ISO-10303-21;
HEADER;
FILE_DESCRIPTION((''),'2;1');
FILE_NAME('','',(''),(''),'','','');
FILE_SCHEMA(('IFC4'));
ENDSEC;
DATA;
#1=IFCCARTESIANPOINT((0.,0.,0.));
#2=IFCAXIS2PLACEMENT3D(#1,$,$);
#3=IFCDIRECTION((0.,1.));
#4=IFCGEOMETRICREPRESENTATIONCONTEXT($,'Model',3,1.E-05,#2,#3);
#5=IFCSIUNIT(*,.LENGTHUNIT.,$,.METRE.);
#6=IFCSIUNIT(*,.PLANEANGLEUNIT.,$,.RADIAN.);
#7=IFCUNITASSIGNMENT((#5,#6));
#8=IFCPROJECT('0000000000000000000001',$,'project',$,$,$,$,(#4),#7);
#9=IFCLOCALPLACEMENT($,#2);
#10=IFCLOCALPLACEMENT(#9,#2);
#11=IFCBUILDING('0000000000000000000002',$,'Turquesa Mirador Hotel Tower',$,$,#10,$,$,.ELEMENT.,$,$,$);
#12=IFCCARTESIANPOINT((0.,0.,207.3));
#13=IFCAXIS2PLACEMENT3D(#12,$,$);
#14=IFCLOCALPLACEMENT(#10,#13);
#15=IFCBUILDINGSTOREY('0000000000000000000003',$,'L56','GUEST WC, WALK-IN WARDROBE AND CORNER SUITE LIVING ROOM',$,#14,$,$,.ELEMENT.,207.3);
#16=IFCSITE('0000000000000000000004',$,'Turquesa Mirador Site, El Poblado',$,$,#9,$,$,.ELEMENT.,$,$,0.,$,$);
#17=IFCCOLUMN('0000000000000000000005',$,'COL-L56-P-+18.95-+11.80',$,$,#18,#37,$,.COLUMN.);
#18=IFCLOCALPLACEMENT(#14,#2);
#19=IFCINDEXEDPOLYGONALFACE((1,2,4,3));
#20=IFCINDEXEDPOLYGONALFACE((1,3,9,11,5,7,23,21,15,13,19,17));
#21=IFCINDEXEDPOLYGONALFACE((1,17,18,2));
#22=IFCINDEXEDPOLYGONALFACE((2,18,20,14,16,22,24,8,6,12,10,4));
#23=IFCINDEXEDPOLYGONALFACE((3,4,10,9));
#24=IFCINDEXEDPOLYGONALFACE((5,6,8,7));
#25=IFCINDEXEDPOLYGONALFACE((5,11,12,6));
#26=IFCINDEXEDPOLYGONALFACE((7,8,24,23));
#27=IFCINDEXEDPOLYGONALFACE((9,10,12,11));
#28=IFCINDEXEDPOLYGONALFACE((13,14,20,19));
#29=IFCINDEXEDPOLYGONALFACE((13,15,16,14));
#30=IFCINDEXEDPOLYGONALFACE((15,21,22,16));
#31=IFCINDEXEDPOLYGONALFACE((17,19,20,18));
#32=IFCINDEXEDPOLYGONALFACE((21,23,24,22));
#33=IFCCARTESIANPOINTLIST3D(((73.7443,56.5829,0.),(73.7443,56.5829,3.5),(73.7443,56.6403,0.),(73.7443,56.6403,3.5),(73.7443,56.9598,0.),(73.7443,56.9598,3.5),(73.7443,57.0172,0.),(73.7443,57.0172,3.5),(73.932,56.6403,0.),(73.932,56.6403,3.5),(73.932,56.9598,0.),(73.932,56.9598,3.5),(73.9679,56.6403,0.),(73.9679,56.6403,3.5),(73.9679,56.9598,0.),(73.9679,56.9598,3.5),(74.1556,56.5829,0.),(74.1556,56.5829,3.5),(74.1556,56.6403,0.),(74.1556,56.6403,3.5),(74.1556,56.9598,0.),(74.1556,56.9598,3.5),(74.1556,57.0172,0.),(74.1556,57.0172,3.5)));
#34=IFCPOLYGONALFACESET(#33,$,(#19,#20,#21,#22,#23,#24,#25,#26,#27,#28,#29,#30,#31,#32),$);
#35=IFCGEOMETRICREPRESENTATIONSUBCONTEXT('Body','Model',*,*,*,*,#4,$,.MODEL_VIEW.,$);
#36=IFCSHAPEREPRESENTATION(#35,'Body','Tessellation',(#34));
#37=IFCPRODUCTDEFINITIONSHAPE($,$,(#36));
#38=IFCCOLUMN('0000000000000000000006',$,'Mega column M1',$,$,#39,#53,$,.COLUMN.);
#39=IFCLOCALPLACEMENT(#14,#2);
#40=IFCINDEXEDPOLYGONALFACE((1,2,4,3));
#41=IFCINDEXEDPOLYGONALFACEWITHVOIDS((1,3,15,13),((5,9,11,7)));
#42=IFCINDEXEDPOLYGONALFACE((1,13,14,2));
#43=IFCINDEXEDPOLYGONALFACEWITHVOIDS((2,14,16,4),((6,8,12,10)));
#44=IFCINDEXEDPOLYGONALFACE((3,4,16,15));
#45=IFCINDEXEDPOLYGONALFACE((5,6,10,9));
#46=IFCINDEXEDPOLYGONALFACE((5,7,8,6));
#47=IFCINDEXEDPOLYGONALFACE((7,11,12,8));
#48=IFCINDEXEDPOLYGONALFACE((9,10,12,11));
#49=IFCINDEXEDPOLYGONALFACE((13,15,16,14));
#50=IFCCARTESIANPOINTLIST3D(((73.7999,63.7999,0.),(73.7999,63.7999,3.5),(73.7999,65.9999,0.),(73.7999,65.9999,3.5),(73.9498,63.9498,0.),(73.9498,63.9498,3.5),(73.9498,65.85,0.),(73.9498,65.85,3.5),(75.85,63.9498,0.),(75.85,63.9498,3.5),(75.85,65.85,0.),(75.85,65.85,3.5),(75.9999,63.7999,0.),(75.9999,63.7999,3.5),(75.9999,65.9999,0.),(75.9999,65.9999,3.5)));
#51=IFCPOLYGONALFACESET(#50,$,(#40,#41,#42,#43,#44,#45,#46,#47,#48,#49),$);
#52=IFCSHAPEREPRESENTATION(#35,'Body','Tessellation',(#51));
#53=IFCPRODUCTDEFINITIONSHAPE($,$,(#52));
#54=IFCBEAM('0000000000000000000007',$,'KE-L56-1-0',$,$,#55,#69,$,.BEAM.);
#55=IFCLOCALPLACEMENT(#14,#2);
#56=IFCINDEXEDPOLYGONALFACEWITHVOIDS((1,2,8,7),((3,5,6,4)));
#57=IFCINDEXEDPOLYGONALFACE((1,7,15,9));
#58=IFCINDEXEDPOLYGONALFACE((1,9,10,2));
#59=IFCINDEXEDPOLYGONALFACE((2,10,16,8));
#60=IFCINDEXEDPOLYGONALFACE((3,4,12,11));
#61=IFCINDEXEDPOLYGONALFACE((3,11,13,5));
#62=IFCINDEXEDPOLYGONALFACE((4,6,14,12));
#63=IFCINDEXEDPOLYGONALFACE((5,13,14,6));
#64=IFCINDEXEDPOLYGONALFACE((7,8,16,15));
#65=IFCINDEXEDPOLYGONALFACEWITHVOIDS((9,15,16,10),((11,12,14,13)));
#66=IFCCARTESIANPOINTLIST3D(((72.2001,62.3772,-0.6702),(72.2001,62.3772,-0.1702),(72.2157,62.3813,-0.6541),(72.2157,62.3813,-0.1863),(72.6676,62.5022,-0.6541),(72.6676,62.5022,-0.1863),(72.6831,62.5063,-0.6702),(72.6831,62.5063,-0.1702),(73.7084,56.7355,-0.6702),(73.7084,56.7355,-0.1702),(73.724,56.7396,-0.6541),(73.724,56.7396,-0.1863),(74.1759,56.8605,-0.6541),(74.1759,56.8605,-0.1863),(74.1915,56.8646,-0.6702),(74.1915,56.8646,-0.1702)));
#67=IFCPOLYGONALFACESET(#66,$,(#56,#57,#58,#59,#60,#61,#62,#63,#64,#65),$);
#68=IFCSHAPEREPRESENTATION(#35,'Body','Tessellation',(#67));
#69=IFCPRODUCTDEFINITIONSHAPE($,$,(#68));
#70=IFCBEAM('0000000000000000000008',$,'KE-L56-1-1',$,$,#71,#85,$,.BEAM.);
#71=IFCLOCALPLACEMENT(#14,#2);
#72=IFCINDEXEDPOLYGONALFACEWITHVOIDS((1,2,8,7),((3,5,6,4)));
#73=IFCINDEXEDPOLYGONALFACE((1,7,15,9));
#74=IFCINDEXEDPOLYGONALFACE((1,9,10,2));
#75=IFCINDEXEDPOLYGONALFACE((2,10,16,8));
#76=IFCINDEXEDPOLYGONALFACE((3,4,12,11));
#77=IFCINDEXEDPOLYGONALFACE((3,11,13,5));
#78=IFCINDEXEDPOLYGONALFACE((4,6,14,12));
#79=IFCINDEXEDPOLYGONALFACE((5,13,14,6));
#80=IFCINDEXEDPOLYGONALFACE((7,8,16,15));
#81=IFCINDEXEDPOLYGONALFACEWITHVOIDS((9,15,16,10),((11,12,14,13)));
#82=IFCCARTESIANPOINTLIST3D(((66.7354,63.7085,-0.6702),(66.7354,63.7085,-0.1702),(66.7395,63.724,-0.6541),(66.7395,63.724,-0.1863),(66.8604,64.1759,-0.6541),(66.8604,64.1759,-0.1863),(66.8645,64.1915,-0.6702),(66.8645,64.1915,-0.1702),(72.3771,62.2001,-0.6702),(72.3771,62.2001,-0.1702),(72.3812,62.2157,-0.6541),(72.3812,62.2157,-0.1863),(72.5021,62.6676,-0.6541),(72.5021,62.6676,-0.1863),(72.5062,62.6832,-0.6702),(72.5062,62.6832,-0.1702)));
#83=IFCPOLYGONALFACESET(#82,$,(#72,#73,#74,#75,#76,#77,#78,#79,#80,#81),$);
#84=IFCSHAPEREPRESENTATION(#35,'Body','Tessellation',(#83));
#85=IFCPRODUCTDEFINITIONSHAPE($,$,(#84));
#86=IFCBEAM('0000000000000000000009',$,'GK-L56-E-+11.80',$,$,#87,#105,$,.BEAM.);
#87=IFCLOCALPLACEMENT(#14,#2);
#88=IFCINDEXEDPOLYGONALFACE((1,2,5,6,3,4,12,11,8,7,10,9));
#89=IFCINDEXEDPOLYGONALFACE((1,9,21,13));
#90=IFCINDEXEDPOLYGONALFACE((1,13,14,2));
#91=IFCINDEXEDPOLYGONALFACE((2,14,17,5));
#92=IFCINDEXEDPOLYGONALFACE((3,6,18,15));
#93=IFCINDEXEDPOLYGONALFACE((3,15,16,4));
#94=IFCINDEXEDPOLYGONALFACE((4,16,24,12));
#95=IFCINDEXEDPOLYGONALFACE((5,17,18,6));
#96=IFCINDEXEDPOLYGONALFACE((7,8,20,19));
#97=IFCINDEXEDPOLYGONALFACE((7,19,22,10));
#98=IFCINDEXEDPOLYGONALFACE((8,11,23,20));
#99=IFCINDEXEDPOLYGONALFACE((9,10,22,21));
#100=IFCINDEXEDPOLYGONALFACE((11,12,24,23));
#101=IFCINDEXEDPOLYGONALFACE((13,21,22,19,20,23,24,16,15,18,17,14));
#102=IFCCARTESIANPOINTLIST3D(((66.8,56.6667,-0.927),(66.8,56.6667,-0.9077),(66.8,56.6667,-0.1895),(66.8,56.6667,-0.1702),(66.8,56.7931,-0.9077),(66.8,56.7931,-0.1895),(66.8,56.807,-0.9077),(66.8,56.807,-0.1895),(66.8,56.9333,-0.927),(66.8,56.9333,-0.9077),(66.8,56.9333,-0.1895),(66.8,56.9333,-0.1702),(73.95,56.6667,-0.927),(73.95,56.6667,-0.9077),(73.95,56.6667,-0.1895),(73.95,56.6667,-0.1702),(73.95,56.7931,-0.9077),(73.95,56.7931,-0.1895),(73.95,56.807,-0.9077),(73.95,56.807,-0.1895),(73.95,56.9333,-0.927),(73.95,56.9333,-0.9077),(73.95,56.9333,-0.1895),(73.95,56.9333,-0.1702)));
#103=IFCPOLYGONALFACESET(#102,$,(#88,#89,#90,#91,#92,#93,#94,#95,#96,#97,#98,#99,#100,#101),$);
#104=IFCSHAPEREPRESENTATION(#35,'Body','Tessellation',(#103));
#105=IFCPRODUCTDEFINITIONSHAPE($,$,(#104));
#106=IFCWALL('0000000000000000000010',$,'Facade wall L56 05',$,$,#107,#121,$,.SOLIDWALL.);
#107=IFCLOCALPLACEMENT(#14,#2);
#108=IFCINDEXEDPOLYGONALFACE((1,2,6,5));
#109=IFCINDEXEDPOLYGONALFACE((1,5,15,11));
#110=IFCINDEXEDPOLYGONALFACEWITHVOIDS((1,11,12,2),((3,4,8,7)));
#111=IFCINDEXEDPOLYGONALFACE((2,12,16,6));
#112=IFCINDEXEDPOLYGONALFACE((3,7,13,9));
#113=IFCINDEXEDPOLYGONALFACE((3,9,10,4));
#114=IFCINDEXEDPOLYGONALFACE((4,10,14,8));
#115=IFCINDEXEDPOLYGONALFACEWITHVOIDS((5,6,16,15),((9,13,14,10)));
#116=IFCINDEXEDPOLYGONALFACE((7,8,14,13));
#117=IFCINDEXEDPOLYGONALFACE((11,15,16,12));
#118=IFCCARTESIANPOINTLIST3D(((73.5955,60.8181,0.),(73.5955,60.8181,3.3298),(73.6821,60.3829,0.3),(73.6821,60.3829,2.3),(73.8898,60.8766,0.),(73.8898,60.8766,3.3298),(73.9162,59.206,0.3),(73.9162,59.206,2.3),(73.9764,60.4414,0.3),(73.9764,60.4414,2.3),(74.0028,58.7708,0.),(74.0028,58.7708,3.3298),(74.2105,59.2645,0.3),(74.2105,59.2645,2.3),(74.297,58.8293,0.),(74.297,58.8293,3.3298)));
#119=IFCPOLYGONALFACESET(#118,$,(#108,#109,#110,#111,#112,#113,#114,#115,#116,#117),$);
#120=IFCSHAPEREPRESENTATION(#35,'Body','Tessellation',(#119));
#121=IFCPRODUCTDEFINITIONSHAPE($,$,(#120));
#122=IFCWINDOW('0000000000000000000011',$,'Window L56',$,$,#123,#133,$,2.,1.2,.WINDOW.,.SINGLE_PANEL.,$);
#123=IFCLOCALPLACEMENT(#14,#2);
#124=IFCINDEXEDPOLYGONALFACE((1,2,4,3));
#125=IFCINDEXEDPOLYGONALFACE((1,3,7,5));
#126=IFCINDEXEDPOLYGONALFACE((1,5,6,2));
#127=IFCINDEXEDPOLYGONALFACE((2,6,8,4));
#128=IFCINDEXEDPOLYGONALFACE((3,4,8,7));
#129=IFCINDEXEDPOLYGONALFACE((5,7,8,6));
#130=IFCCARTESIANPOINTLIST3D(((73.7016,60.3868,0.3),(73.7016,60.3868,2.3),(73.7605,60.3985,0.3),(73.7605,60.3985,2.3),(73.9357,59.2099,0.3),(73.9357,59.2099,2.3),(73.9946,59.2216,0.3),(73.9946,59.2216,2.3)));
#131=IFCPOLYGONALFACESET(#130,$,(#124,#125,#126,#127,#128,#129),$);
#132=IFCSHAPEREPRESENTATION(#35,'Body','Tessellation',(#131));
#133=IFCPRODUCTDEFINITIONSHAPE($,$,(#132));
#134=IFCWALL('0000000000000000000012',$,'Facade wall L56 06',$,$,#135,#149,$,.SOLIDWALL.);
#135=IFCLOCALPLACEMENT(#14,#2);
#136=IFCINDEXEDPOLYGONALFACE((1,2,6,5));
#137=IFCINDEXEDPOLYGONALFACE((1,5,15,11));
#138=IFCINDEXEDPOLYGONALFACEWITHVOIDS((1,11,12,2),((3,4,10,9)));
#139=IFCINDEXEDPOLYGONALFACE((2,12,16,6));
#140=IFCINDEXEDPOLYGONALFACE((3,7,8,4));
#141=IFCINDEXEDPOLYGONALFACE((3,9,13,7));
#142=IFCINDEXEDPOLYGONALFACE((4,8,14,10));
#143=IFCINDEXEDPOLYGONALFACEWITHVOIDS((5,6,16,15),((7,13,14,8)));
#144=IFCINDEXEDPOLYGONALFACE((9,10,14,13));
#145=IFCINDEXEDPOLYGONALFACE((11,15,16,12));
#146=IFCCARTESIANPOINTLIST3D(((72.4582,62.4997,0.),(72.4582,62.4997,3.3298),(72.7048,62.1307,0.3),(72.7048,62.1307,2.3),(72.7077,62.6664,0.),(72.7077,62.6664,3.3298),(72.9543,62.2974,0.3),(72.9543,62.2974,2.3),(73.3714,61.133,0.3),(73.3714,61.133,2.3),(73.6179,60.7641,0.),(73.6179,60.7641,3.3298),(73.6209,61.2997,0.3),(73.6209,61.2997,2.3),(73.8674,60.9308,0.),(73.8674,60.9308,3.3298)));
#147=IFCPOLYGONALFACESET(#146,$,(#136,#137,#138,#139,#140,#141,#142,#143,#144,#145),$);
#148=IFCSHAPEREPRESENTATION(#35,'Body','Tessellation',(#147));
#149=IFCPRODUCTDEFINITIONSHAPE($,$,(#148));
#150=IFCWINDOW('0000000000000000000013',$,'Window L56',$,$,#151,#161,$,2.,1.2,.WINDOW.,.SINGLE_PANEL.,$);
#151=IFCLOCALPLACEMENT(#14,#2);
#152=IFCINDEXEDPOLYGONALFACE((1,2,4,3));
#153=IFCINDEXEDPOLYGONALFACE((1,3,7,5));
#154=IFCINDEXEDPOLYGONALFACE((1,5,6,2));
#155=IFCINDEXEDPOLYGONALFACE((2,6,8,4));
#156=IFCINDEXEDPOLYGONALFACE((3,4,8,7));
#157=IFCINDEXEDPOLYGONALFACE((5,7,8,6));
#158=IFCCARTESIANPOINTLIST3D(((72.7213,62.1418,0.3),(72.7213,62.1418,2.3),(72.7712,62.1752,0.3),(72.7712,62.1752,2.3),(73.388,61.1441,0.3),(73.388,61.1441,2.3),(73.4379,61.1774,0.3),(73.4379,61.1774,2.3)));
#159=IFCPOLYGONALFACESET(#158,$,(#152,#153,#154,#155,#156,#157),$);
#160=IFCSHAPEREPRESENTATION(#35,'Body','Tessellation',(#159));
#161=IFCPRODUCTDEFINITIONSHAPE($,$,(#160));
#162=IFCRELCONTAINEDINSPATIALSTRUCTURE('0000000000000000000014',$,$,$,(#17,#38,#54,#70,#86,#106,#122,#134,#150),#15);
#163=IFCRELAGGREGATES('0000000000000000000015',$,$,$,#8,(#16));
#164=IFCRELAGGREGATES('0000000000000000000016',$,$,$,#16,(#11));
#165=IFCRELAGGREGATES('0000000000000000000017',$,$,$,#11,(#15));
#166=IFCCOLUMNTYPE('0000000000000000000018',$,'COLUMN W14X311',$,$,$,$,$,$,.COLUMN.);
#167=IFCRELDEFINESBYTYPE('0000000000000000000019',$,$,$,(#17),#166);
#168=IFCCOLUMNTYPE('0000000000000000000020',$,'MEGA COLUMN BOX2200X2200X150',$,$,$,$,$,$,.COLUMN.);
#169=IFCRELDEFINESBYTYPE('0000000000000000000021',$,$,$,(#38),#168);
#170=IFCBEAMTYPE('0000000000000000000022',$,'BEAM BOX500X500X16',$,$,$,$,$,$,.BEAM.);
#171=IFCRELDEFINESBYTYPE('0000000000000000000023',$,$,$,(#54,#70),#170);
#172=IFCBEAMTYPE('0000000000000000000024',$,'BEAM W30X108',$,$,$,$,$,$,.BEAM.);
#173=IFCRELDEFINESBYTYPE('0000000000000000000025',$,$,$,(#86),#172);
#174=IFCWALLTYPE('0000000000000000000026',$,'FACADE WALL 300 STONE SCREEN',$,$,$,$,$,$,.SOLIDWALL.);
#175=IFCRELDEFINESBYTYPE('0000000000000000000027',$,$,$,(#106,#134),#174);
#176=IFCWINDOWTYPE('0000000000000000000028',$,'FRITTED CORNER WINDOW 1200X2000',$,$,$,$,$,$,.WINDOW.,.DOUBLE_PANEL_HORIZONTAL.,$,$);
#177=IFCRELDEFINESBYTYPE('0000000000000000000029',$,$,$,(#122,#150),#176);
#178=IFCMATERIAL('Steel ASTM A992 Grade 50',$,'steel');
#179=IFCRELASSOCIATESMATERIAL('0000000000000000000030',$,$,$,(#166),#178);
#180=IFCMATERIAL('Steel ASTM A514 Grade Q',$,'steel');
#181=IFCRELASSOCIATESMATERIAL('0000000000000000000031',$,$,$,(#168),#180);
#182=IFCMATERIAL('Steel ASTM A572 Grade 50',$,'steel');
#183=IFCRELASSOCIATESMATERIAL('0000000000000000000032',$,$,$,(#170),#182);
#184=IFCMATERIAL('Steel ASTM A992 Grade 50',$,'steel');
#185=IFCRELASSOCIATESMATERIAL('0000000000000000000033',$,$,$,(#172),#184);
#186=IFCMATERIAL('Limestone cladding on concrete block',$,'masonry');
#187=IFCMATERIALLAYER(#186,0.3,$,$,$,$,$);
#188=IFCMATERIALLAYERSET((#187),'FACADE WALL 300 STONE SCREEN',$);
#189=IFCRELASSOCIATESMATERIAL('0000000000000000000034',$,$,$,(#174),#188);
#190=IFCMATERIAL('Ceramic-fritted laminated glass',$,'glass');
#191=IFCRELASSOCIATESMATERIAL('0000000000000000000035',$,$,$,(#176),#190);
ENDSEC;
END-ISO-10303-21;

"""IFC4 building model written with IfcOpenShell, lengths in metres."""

from ifc_helpers import new_model, si_unit, direction, frame, frame_2d, origin, origin_2d, place, context, subcontext, project, spatial, rectangle, hollow_rectangle, i_section, extrude, material, layer, layer_set, material_profile, profile_set, type_object, element, fill, save


model = new_model("IFC4")

# Units and contexts
model_context = context("Model", 3, precision=1e-05, world=origin(), true_north=direction((0.0, 1.0)))
body_context = subcontext(model_context, "Body", "Model", "MODEL_VIEW")
ifc_project = project(units=[si_unit("LENGTHUNIT", "METRE"), si_unit("PLANEANGLEUNIT", "RADIAN")], contexts=[model_context])

# Site, building, storey
site_placement = place(None, origin())
site = spatial("IfcSite", under=ifc_project, at=site_placement, Name="Turquesa Mirador Site, El Poblado", CompositionType="ELEMENT", RefElevation=0.0)
building_placement = place(site_placement, origin())
building = spatial("IfcBuilding", under=site, at=building_placement, Name="Turquesa Mirador Hotel Tower", CompositionType="ELEMENT")
storey_placement = place(building_placement, frame((0.0, 0.0, 207.3)))
storey = spatial("IfcBuildingStorey", under=building, at=storey_placement, Name="L56", Description="GUEST WC, WALK-IN WARDROBE AND CORNER SUITE LIVING ROOM", CompositionType="ELEMENT", Elevation=207.3)

# Columns
ifc_material_1 = material(Name="Steel ASTM A992 Grade 50", Category="steel")
ifc_material_profile_1 = material_profile(ifc_material_1, i_section(OverallWidth=0.4114, OverallDepth=0.4343, WebThickness=0.0359, FlangeThickness=0.0574, at=origin_2d()), Name="W14X311")
ifc_profile_set_1 = profile_set([ifc_material_profile_1], Name="Steel ASTM A992 Grade 50")
column_type_1 = type_object("IfcColumnType", Name="COLUMN W14X311", PredefinedType="COLUMN", material=ifc_profile_set_1)
column_1_placement = place(storey_placement, frame((73.95, 56.8, 0.0), z_axis=(0.0, 0.0, 1.0), x_axis=(1.0, 0.0, 0.0)))
element("IfcColumn", 1, at=column_1_placement, inside=storey, type_object=column_type_1, Name="COL-L56-P-+18.95-+11.80", PredefinedType="COLUMN", context=body_context, shape_type="SweptSolid", body=[
    extrude(i_section(OverallWidth=0.4114, OverallDepth=0.4343, WebThickness=0.0359, FlangeThickness=0.0574, at=origin_2d()), origin(), (0.0, 0.0, 1.0), 3.5),
])
ifc_material_2 = material(Name="Steel ASTM A514 Grade Q", Category="steel")
ifc_material_profile_2 = material_profile(ifc_material_2, hollow_rectangle(XDim=2.2, YDim=2.2, WallThickness=0.1499, at=origin_2d()), Name="BOX2200X2200X150")
ifc_profile_set_2 = profile_set([ifc_material_profile_2], Name="Steel ASTM A514 Grade Q")
column_type_2 = type_object("IfcColumnType", Name="MEGA COLUMN BOX2200X2200X150", PredefinedType="COLUMN", material=ifc_profile_set_2)
column_2_placement = place(storey_placement, frame((74.8999, 64.8999, 0.0), z_axis=(0.0, 0.0, 1.0), x_axis=(1.0, 0.0, 0.0)))
element("IfcColumn", 2, at=column_2_placement, inside=storey, type_object=column_type_2, Name="Mega column M1", PredefinedType="COLUMN", context=body_context, shape_type="SweptSolid", body=[
    extrude(hollow_rectangle(XDim=2.2, YDim=2.2, WallThickness=0.1499, at=origin_2d()), origin(), (0.0, 0.0, 1.0), 3.5),
])

# Beams
ifc_material_3 = material(Name="Steel ASTM A572 Grade 50", Category="steel")
ifc_material_profile_3 = material_profile(ifc_material_3, hollow_rectangle(XDim=0.5, YDim=0.5, WallThickness=0.0161, at=origin_2d()), Name="BOX500X500X16")
ifc_profile_set_3 = profile_set([ifc_material_profile_3], Name="Steel ASTM A572 Grade 50")
beam_type_1 = type_object("IfcBeamType", Name="BEAM BOX500X500X16", PredefinedType="BEAM", material=ifc_profile_set_3)
for number, where, z_axis, x_axis, name in (
    (3, (73.95, 56.8, -0.4202), (-0.258282, 0.96607, 0.0), (-0.96607, -0.258282, 0.0), "KE-L56-1-0"),
    (4, (72.4417, 62.4417, -0.4202), (-0.96607, 0.258282, 0.0), (-0.258282, -0.96607, 0.0), "KE-L56-1-1"),
):
    element("IfcBeam", number, at=place(storey_placement, frame(where, z_axis=z_axis, x_axis=x_axis)), inside=storey, type_object=beam_type_1, Name=name, PredefinedType="BEAM", context=body_context, shape_type="SweptSolid", body=[
        extrude(hollow_rectangle(XDim=0.5, YDim=0.5, WallThickness=0.0161, at=origin_2d()), origin(), (0.0, 0.0, 1.0), 5.8398),
    ])
ifc_material_4 = material(Name="Steel ASTM A992 Grade 50", Category="steel")
ifc_material_profile_4 = material_profile(ifc_material_4, i_section(OverallWidth=0.2666, OverallDepth=0.7568, WebThickness=0.0139, FlangeThickness=0.0193, at=origin_2d()), Name="W30X108")
ifc_profile_set_4 = profile_set([ifc_material_profile_4], Name="Steel ASTM A992 Grade 50")
beam_type_2 = type_object("IfcBeamType", Name="BEAM W30X108", PredefinedType="BEAM", material=ifc_profile_set_4)
beam_placement = place(storey_placement, frame((73.95, 56.8, -0.5486), z_axis=(-1.0, 0.0, 0.0), x_axis=(0.0, -1.0, 0.0)))
element("IfcBeam", 5, at=beam_placement, inside=storey, type_object=beam_type_2, Name="GK-L56-E-+11.80", PredefinedType="BEAM", context=body_context, shape_type="SweptSolid", body=[
    extrude(i_section(OverallWidth=0.2666, OverallDepth=0.7568, WebThickness=0.0139, FlangeThickness=0.0193, at=origin_2d()), origin(), (0.0, 0.0, 1.0), 7.1499),
])

# Walls, openings, windows
ifc_material_5 = material(Name="Limestone cladding on concrete block", Category="masonry")
ifc_layer = layer(ifc_material_5, 0.3)
ifc_layer_set = layer_set([ifc_layer], Name="FACADE WALL 300 STONE SCREEN")
wall_type = type_object("IfcWallType", Name="FACADE WALL 300 STONE SCREEN", PredefinedType="SOLIDWALL", material=ifc_layer_set)
wall_1_placement = place(storey_placement, frame((74.1499, 58.8, 0.0), z_axis=(0.0, 0.0, 1.0), x_axis=(-0.195081, 0.980787, 0.0)))
wall_1 = element("IfcWall", 6, at=wall_1_placement, inside=storey, type_object=wall_type, Name="Facade wall L56 05", PredefinedType="SOLIDWALL", context=body_context, shape_type="SweptSolid", body=[
    extrude(rectangle(XDim=2.0874, YDim=0.3, at=frame_2d((1.0437, 0.0))), origin(), (0.0, 0.0, 1.0), 3.3298),
])
opening_1_placement = place(wall_1_placement, frame((0.4436, 0.0, 0.3)))
opening_1 = element("IfcOpeningElement", 7, at=opening_1_placement, cuts=wall_1, PredefinedType="OPENING", context=body_context, shape_type="SweptSolid", body=[
    extrude(rectangle(XDim=1.2, YDim=2.0, at=frame_2d((0.6001, 1.0))), frame((0.0, 0.1599, 0.0), z_axis=(0.0, -1.0, 0.0), x_axis=(1.0, 0.0, 0.0)), (0.0, 0.0, 1.0), 0.3201),
])
ifc_material_6 = material(Name="Ceramic-fritted laminated glass", Category="glass")
window_type = type_object("IfcWindowType", Name="FRITTED CORNER WINDOW 1200X2000", PartitioningType="DOUBLE_PANEL_HORIZONTAL", PredefinedType="WINDOW", material=ifc_material_6)
window_1_placement = place(opening_1_placement, origin())
window_1 = element("IfcWindow", 8, at=window_1_placement, inside=storey, type_object=window_type, Name="Window L56", OverallHeight=2.0, OverallWidth=1.2, PartitioningType="SINGLE_PANEL", PredefinedType="WINDOW", context=body_context, shape_type="SweptSolid", body=[
    extrude(rectangle(XDim=1.2, YDim=2.0, at=frame_2d((0.6001, 1.0))), frame((0.0, 0.1301, 0.0), z_axis=(0.0, -1.0, 0.0), x_axis=(1.0, 0.0, 0.0)), (0.0, 0.0, 1.0), 0.0601),
])
fill(opening_1, window_1)
wall_2_placement = place(storey_placement, frame((73.7427, 60.8474, 0.0), z_axis=(0.0, 0.0, 1.0), x_axis=(-0.555564, 0.831474, 0.0)))
wall_2 = element("IfcWall", 9, at=wall_2_placement, inside=storey, type_object=wall_type, Name="Facade wall L56 06", PredefinedType="SOLIDWALL", context=body_context, shape_type="SweptSolid", body=[
    extrude(rectangle(XDim=2.0874, YDim=0.3, at=frame_2d((1.0437, 0.0))), origin(), (0.0, 0.0, 1.0), 3.3298),
])
opening_2_placement = place(wall_2_placement, frame((0.4436, 0.0, 0.3)))
opening_2 = element("IfcOpeningElement", 10, at=opening_2_placement, cuts=wall_2, PredefinedType="OPENING", context=body_context, shape_type="SweptSolid", body=[
    extrude(rectangle(XDim=1.2, YDim=2.0, at=frame_2d((0.6001, 1.0))), frame((0.0, 0.1599, 0.0), z_axis=(0.0, -1.0, 0.0), x_axis=(1.0, 0.0, 0.0)), (0.0, 0.0, 1.0), 0.3201),
])
window_2_placement = place(opening_2_placement, origin())
window_2 = element("IfcWindow", 11, at=window_2_placement, inside=storey, type_object=window_type, Name="Window L56", OverallHeight=2.0, OverallWidth=1.2, PartitioningType="SINGLE_PANEL", PredefinedType="WINDOW", context=body_context, shape_type="SweptSolid", body=[
    extrude(rectangle(XDim=1.2, YDim=2.0, at=frame_2d((0.6001, 1.0))), frame((0.0, 0.1301, 0.0), z_axis=(0.0, -1.0, 0.0), x_axis=(1.0, 0.0, 0.0)), (0.0, 0.0, 1.0), 0.0601),
])
fill(opening_2, window_2)

save(model, "model.ifc")
